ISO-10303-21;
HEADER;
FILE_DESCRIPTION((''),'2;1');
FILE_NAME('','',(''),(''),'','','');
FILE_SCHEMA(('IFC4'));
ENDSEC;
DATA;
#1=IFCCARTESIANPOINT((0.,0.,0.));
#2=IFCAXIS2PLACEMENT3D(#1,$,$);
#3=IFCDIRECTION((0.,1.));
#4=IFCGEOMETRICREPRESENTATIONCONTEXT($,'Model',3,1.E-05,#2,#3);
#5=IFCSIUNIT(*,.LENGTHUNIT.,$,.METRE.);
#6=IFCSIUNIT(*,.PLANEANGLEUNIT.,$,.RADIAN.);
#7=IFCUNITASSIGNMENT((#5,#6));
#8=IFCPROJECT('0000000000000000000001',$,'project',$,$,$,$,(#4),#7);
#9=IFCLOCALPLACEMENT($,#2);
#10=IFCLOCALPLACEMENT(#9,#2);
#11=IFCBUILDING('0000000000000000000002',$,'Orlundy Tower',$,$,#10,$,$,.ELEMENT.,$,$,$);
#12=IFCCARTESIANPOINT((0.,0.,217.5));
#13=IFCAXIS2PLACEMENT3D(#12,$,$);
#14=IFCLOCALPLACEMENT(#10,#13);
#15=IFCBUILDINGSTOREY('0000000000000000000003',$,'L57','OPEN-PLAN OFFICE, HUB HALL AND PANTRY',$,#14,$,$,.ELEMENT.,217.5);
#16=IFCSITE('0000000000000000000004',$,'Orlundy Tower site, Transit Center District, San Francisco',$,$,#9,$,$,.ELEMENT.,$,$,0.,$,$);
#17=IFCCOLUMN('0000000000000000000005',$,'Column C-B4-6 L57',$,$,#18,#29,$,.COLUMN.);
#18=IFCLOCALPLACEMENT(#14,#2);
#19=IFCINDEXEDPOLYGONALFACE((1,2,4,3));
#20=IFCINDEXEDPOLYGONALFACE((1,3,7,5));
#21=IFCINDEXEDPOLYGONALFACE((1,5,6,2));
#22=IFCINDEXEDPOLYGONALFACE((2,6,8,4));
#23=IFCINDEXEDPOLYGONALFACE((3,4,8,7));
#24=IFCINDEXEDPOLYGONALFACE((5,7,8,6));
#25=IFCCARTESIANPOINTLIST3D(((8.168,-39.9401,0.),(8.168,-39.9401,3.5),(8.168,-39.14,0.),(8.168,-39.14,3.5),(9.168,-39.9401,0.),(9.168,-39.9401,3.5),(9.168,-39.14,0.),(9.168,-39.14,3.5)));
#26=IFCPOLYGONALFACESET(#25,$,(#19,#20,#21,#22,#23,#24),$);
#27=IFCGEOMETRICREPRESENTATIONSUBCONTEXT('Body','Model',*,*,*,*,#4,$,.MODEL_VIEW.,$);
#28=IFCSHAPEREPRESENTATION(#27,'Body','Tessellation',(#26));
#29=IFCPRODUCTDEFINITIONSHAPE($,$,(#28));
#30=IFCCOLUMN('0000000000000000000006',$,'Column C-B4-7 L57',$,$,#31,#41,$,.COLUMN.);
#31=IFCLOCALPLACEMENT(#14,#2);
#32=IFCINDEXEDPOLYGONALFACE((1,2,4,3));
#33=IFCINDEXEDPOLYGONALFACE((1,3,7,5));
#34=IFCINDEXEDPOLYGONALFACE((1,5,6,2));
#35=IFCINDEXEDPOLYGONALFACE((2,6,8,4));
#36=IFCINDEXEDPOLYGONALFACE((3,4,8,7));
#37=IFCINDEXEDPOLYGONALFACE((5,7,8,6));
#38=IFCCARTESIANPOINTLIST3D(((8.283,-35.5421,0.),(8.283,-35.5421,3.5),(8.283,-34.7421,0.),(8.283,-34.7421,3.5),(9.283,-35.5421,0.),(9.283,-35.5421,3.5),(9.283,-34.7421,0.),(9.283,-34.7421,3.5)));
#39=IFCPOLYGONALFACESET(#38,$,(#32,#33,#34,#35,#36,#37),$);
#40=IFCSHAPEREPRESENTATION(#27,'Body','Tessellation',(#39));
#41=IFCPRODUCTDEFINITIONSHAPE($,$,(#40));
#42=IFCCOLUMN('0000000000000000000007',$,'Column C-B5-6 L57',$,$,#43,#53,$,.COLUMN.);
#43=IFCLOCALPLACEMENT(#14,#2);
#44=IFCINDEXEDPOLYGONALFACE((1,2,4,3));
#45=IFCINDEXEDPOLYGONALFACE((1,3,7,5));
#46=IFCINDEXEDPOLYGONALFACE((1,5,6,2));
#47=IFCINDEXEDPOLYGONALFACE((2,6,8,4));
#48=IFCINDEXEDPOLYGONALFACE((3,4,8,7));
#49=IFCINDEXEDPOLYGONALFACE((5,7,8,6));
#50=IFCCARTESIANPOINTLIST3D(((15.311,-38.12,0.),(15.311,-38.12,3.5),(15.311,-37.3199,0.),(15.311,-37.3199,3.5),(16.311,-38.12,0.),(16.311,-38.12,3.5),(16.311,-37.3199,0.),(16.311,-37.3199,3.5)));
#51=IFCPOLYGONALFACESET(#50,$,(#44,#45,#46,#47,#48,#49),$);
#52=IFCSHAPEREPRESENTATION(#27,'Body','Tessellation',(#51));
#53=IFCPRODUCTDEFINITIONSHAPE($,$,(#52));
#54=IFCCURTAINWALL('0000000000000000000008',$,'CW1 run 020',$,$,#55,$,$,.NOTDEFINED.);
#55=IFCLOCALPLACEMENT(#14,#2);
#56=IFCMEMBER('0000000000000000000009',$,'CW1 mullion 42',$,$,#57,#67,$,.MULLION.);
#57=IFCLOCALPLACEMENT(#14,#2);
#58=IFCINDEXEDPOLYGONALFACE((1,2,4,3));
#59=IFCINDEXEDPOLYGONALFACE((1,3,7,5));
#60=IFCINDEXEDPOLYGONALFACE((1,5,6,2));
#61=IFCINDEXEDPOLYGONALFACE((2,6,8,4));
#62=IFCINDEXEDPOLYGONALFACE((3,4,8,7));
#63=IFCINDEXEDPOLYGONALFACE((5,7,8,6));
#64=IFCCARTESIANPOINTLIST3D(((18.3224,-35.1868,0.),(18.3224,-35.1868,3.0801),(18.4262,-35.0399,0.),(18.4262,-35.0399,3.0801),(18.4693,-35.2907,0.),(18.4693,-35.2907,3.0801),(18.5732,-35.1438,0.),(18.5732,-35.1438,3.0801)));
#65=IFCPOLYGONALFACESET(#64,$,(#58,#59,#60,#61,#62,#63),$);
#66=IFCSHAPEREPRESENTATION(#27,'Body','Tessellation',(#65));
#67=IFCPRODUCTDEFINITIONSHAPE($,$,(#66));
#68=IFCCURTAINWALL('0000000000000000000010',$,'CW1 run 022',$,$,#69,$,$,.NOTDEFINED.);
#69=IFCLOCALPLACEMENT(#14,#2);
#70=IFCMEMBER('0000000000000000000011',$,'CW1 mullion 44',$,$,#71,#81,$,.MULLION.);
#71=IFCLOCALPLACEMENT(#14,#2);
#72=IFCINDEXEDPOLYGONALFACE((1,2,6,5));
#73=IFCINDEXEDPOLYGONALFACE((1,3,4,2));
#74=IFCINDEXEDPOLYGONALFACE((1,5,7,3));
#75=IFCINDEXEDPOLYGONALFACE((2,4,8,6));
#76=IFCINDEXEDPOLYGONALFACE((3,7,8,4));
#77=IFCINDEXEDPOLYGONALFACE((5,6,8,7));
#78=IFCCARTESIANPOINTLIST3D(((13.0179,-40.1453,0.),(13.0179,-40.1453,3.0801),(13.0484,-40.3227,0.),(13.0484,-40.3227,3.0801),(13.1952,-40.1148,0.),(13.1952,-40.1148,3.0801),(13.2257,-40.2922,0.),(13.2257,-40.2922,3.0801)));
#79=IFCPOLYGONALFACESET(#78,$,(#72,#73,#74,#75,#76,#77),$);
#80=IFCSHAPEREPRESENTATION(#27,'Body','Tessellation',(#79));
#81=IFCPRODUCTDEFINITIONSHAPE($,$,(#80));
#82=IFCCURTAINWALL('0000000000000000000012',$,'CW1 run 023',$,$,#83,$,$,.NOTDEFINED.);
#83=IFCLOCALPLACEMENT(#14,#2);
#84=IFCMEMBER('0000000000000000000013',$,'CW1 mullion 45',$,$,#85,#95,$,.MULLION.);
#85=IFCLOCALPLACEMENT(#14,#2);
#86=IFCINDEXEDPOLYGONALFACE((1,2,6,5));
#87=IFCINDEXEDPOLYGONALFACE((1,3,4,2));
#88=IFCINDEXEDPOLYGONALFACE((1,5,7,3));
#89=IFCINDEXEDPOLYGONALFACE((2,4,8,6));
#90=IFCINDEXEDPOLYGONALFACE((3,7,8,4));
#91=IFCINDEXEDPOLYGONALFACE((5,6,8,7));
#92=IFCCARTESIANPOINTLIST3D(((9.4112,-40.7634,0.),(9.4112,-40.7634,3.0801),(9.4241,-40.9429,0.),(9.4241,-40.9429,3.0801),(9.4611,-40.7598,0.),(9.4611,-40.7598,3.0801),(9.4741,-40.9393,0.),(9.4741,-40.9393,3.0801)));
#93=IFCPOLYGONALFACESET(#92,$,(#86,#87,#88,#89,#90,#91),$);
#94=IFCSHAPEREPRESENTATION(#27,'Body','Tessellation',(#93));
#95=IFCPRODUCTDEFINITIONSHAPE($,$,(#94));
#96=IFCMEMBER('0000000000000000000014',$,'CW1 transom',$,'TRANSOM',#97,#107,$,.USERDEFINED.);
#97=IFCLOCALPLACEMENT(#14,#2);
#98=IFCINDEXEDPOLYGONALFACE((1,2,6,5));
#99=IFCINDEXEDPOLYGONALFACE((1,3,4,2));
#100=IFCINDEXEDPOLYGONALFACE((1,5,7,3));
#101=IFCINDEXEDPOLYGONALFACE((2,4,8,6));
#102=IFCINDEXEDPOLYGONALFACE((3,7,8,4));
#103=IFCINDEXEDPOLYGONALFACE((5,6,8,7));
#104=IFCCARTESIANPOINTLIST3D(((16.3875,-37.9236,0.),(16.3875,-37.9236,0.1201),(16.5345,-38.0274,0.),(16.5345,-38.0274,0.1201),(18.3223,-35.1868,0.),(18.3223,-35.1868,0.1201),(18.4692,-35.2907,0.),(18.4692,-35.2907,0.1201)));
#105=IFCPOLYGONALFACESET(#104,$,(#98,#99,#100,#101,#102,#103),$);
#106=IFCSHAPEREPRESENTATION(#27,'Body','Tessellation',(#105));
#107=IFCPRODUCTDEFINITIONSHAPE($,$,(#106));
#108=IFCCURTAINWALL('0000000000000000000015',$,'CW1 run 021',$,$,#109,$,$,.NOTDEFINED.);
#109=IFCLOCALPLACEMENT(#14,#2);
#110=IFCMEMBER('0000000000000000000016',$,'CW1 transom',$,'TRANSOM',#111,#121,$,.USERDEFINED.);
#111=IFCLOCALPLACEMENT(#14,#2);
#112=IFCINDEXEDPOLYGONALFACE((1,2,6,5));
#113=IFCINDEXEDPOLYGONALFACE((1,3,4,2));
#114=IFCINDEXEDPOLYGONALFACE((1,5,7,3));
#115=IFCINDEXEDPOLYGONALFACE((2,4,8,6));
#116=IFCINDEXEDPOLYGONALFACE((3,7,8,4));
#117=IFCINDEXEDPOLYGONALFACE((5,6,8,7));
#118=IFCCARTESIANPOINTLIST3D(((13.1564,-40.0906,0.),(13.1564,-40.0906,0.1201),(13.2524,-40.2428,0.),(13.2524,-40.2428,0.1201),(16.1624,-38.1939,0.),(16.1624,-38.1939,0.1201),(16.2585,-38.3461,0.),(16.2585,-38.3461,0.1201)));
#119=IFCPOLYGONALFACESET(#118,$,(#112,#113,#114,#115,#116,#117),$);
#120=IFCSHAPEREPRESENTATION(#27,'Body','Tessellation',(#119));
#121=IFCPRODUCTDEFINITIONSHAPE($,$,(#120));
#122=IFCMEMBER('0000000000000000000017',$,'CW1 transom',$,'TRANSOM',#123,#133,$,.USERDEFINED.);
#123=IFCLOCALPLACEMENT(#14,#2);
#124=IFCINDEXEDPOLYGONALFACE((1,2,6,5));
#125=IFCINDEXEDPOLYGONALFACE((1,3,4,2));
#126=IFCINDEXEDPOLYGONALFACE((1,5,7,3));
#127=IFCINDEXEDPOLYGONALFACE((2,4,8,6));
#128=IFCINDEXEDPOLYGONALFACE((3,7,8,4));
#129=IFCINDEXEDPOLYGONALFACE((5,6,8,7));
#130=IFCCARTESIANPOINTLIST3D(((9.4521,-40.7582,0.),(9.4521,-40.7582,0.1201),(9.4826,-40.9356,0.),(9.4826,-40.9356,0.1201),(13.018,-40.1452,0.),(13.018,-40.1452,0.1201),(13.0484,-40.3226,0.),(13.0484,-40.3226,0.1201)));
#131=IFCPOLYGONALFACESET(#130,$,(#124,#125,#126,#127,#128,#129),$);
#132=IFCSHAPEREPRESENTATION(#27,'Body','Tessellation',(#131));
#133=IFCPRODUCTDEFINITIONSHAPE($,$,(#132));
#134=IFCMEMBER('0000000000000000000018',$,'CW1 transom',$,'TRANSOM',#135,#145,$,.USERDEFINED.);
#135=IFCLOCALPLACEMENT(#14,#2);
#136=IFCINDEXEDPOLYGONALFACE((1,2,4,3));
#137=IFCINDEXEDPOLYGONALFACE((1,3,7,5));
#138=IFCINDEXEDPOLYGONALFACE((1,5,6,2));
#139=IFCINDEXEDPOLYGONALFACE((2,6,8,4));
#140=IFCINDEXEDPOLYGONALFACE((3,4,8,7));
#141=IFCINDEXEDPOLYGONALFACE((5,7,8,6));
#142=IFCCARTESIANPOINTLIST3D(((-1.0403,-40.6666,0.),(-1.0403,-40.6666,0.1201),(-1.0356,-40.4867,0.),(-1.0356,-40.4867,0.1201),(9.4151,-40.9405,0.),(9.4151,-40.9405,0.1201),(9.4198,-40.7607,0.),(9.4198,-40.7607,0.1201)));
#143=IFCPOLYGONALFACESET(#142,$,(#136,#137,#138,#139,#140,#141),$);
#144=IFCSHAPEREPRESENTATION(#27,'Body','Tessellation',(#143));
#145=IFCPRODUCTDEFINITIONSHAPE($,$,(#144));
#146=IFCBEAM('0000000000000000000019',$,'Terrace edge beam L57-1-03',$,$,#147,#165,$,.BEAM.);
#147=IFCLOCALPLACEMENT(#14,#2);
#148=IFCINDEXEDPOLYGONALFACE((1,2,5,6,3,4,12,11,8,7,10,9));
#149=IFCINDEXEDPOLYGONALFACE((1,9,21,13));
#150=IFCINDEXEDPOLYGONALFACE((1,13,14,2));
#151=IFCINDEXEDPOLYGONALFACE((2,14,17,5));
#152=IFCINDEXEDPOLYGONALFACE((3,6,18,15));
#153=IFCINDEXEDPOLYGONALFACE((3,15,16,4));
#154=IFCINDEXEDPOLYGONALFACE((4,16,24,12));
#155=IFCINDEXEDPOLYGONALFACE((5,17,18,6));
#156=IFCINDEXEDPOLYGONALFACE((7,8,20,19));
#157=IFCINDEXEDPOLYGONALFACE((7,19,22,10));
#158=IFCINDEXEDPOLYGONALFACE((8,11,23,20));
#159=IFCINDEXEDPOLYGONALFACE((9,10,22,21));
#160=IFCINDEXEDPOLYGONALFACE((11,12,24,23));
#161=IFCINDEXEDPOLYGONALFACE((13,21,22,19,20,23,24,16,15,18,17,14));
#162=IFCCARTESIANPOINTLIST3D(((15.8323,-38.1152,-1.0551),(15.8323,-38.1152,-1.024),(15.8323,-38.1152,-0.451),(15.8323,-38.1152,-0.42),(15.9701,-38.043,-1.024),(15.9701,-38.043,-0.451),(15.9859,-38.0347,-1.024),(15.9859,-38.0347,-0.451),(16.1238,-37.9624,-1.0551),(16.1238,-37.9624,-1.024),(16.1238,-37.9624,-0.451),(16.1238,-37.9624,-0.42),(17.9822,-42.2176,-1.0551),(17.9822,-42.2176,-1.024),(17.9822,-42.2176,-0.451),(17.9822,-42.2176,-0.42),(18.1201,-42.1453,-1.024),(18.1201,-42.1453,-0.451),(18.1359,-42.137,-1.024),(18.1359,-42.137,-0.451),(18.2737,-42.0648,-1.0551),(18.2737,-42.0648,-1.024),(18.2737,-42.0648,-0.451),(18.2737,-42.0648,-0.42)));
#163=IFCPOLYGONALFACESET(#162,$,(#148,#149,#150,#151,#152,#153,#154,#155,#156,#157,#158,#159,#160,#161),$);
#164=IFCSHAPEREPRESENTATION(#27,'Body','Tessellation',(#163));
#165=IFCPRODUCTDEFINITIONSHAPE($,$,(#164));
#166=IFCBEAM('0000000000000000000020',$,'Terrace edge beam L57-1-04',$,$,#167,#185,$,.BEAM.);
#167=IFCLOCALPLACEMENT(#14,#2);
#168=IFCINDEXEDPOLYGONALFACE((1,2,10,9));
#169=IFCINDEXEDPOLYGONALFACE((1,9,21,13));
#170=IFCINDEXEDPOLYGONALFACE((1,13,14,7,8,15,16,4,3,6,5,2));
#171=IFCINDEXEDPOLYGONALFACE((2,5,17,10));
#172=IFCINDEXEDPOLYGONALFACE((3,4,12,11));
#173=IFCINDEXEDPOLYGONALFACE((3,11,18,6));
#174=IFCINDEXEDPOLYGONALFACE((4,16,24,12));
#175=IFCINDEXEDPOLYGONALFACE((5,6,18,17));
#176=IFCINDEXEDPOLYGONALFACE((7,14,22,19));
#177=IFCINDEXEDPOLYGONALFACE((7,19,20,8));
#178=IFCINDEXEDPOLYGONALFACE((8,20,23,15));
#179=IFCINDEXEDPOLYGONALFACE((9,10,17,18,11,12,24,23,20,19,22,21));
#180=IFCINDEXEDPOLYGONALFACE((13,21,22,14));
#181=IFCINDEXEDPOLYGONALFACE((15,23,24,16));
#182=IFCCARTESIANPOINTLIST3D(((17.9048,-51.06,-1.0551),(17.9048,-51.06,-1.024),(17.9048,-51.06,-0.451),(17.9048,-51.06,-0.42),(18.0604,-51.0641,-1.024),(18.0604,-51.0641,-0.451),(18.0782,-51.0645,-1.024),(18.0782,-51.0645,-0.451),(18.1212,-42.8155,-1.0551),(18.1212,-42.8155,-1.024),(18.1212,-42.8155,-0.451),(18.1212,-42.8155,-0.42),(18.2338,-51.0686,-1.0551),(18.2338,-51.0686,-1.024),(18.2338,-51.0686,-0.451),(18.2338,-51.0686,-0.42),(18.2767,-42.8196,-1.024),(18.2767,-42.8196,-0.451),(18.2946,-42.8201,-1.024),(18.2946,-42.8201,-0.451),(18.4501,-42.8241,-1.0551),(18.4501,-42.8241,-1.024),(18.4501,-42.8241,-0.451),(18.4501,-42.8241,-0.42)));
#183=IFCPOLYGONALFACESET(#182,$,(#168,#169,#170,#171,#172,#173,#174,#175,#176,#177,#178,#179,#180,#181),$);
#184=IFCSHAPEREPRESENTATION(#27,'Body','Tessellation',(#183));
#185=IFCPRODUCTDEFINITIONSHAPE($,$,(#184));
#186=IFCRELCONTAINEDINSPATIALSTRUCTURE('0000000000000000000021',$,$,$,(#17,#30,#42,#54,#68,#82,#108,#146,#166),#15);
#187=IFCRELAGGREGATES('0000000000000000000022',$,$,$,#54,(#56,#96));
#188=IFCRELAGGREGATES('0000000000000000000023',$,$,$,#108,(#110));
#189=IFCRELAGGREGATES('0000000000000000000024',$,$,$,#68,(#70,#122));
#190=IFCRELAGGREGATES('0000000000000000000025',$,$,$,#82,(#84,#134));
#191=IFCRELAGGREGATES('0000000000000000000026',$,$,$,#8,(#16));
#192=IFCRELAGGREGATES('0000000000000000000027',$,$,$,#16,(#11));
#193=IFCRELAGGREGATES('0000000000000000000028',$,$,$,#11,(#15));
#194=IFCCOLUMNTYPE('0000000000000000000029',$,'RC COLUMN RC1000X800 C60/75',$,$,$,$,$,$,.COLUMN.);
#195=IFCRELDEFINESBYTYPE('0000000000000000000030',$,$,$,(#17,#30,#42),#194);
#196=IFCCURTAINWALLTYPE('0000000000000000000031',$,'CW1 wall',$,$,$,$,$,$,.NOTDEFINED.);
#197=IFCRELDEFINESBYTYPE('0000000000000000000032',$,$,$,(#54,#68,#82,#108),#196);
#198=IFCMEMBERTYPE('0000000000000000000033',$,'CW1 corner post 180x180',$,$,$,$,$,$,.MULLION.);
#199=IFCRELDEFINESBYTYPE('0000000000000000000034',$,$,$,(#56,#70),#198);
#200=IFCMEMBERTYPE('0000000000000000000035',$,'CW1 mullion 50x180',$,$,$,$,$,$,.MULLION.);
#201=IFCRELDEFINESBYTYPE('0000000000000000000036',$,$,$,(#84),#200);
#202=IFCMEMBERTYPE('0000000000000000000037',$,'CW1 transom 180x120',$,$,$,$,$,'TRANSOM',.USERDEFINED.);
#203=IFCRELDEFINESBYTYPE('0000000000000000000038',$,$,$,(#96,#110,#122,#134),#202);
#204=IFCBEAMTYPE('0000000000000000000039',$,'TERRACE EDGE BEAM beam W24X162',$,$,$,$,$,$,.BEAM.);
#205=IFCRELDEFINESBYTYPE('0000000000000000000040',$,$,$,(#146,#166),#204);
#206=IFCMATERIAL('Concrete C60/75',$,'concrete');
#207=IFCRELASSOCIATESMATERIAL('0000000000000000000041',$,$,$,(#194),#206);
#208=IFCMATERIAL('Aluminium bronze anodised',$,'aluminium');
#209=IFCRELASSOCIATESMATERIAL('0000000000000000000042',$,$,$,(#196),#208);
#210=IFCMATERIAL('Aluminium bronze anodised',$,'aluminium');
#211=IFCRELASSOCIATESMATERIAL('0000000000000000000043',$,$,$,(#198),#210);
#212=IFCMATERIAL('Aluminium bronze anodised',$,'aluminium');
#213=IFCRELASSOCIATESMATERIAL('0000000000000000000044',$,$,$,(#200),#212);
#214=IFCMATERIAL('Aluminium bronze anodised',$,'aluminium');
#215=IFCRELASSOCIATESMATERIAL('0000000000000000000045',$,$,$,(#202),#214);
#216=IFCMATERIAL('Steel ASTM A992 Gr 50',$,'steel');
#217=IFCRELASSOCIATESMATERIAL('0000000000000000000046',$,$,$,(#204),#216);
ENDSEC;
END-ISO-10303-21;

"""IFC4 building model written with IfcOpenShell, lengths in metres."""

from ifc_helpers import new_model, si_unit, direction, frame, origin, origin_2d, place, context, subcontext, project, spatial, rectangle, i_section, extrude, material, material_profile, profile_set, type_object, element, aggregate, save


model = new_model("IFC4")

# Units and contexts
model_context = context("Model", 3, precision=1e-05, world=origin(), true_north=direction((0.0, 1.0)))
body_context = subcontext(model_context, "Body", "Model", "MODEL_VIEW")
ifc_project = project(units=[si_unit("LENGTHUNIT", "METRE"), si_unit("PLANEANGLEUNIT", "RADIAN")], contexts=[model_context])

# Site, building, storey
site_placement = place(None, origin())
site = spatial("IfcSite", under=ifc_project, at=site_placement, Name="Orlundy Tower site, Transit Center District, San Francisco", CompositionType="ELEMENT", RefElevation=0.0)
building_placement = place(site_placement, origin())
building = spatial("IfcBuilding", under=site, at=building_placement, Name="Orlundy Tower", CompositionType="ELEMENT")
storey_placement = place(building_placement, frame((0.0, 0.0, 217.5)))
storey = spatial("IfcBuildingStorey", under=building, at=storey_placement, Name="L57", Description="OPEN-PLAN OFFICE, HUB HALL AND PANTRY", CompositionType="ELEMENT", Elevation=217.5)

# Columns
ifc_material_1 = material(Name="Concrete C60/75", Category="concrete")
ifc_material_profile_1 = material_profile(ifc_material_1, rectangle(XDim=1.0, YDim=0.8, at=origin_2d()), Name="RC1000X800")
ifc_profile_set_1 = profile_set([ifc_material_profile_1], Name="Concrete C60/75")
column_type = type_object("IfcColumnType", Name="RC COLUMN RC1000X800 C60/75", PredefinedType="COLUMN", material=ifc_profile_set_1)
for number, where, z_axis, x_axis, name in (
    (1, (8.668, -39.54, 0.0), (0.0, 0.0, 1.0), (1.0, 0.0, 0.0), "Column C-B4-6 L57"),
    (2, (8.783, -35.1421, 0.0), (0.0, 0.0, 1.0), (1.0, 0.0, 0.0), "Column C-B4-7 L57"),
    (3, (15.811, -37.72, 0.0), (0.0, 0.0, 1.0), (1.0, 0.0, 0.0), "Column C-B5-6 L57"),
):
    element("IfcColumn", number, at=place(storey_placement, frame(where, z_axis=z_axis, x_axis=x_axis)), inside=storey, type_object=column_type, Name=name, PredefinedType="COLUMN", context=body_context, shape_type="SweptSolid", body=[
        extrude(rectangle(XDim=1.0, YDim=0.8, at=origin_2d()), origin(), (0.0, 0.0, 1.0), 3.5),
    ])

# Curtain walls, members
ifc_material_2 = material(Name="Aluminium bronze anodised", Category="aluminium")
curtain_wall_type = type_object("IfcCurtainWallType", Name="CW1 wall", PredefinedType="NOTDEFINED", material=ifc_material_2)
curtain_wall_1_placement = place(storey_placement, origin())
curtain_wall_1 = element("IfcCurtainWall", 4, at=curtain_wall_1_placement, inside=storey, type_object=curtain_wall_type, Name="CW1 run 020", PredefinedType="NOTDEFINED")
ifc_material_3 = material(Name="Aluminium bronze anodised", Category="aluminium")
ifc_material_profile_2 = material_profile(ifc_material_3, rectangle(XDim=0.1799, YDim=0.1799, at=origin_2d()), Name="CW1 corner post 180x180")
ifc_profile_set_2 = profile_set([ifc_material_profile_2], Name="Aluminium bronze anodised")
member_type_1 = type_object("IfcMemberType", Name="CW1 corner post 180x180", PredefinedType="MULLION", material=ifc_profile_set_2)
member_1_placement = place(storey_placement, frame((18.4478, -35.1653, 0.0), z_axis=(0.0, 0.0, 1.0), x_axis=(0.816549, -0.577276, 0.0)))
member_1 = element("IfcMember", 5, at=member_1_placement, type_object=member_type_1, Name="CW1 mullion 42", PredefinedType="MULLION", context=body_context, shape_type="SweptSolid", body=[
    extrude(rectangle(XDim=0.1799, YDim=0.1799, at=origin_2d()), origin(), (0.0, 0.0, 1.0), 3.0801),
])
curtain_wall_2_placement = place(storey_placement, origin())
curtain_wall_2 = element("IfcCurtainWall", 6, at=curtain_wall_2_placement, inside=storey, type_object=curtain_wall_type, Name="CW1 run 022", PredefinedType="NOTDEFINED")
member_2_placement = place(storey_placement, frame((13.1218, -40.2188, 0.0), z_axis=(0.0, 0.0, 1.0), x_axis=(0.169428, -0.985543, 0.0)))
member_2 = element("IfcMember", 7, at=member_2_placement, type_object=member_type_1, Name="CW1 mullion 44", PredefinedType="MULLION", context=body_context, shape_type="SweptSolid", body=[
    extrude(rectangle(XDim=0.1799, YDim=0.1799, at=origin_2d()), origin(), (0.0, 0.0, 1.0), 3.0801),
])
curtain_wall_3_placement = place(storey_placement, origin())
curtain_wall_3 = element("IfcCurtainWall", 8, at=curtain_wall_3_placement, inside=storey, type_object=curtain_wall_type, Name="CW1 run 023", PredefinedType="NOTDEFINED")
ifc_material_4 = material(Name="Aluminium bronze anodised", Category="aluminium")
ifc_material_profile_3 = material_profile(ifc_material_4, rectangle(XDim=0.1799, YDim=0.05, at=origin_2d()), Name="CW1 mullion 50x180")
ifc_profile_set_3 = profile_set([ifc_material_profile_3], Name="Aluminium bronze anodised")
member_type_2 = type_object("IfcMemberType", Name="CW1 mullion 50x180", PredefinedType="MULLION", material=ifc_profile_set_3)
member_3_placement = place(storey_placement, frame((9.4426, -40.8513, 0.0), z_axis=(0.0, 0.0, 1.0), x_axis=(0.071966, -0.997407, 0.0)))
member_3 = element("IfcMember", 9, at=member_3_placement, type_object=member_type_2, Name="CW1 mullion 45", PredefinedType="MULLION", context=body_context, shape_type="SweptSolid", body=[
    extrude(rectangle(XDim=0.1799, YDim=0.05, at=origin_2d()), origin(), (0.0, 0.0, 1.0), 3.0801),
])

# Member
ifc_material_5 = material(Name="Aluminium bronze anodised", Category="aluminium")
ifc_material_profile_4 = material_profile(ifc_material_5, rectangle(XDim=0.1799, YDim=0.1201, at=origin_2d()), Name="CW1 transom 180x120")
ifc_profile_set_4 = profile_set([ifc_material_profile_4], Name="Aluminium bronze anodised")
member_type_3 = type_object("IfcMemberType", Name="CW1 transom 180x120", ElementType="TRANSOM", PredefinedType="USERDEFINED", material=ifc_profile_set_4)
member_4_placement = place(storey_placement, frame((18.3958, -35.2388, 0.0601), z_axis=(-0.577269, -0.816554, 0.0), x_axis=(0.816554, -0.577269, 0.0)))
member_4 = element("IfcMember", 10, at=member_4_placement, type_object=member_type_3, Name="CW1 transom", ObjectType="TRANSOM", PredefinedType="USERDEFINED", context=body_context, shape_type="SweptSolid", body=[
    extrude(rectangle(XDim=0.1799, YDim=0.1201, at=origin_2d()), origin(), (0.0, 0.0, 1.0), 3.3516),
])

# Curtain wall, member
curtain_wall_4_placement = place(storey_placement, origin())
curtain_wall_4 = element("IfcCurtainWall", 11, at=curtain_wall_4_placement, inside=storey, type_object=curtain_wall_type, Name="CW1 run 021", PredefinedType="NOTDEFINED")
member_5_placement = place(storey_placement, frame((16.2104, -38.27, 0.0601), z_axis=(-0.845725, -0.533618, 0.0), x_axis=(0.533618, -0.845725, 0.0)))
member_5 = element("IfcMember", 12, at=member_5_placement, type_object=member_type_3, Name="CW1 transom", ObjectType="TRANSOM", PredefinedType="USERDEFINED", context=body_context, shape_type="SweptSolid", body=[
    extrude(rectangle(XDim=0.1799, YDim=0.1201, at=origin_2d()), origin(), (0.0, 0.0, 1.0), 3.5544),
])

# Members
member_6_placement = place(storey_placement, frame((13.0332, -40.2339, 0.0601), z_axis=(-0.985542, -0.16943, 0.0), x_axis=(0.16943, -0.985542, 0.0)))
member_6 = element("IfcMember", 13, at=member_6_placement, type_object=member_type_3, Name="CW1 transom", ObjectType="TRANSOM", PredefinedType="USERDEFINED", context=body_context, shape_type="SweptSolid", body=[
    extrude(rectangle(XDim=0.1799, YDim=0.1201, at=origin_2d()), origin(), (0.0, 0.0, 1.0), 3.6182),
])
member_7_placement = place(storey_placement, frame((9.4175, -40.8506, 0.0601), z_axis=(-0.999657, 0.026191, 0.0), x_axis=(-0.026191, -0.999657, 0.0)))
member_7 = element("IfcMember", 14, at=member_7_placement, type_object=member_type_3, Name="CW1 transom", ObjectType="TRANSOM", PredefinedType="USERDEFINED", context=body_context, shape_type="SweptSolid", body=[
    extrude(rectangle(XDim=0.1799, YDim=0.1201, at=origin_2d()), origin(), (0.0, 0.0, 1.0), 10.459),
])

# Beams
ifc_material_6 = material(Name="Steel ASTM A992 Gr 50", Category="steel")
ifc_material_profile_5 = material_profile(ifc_material_6, i_section(OverallWidth=0.3291, OverallDepth=0.635, WebThickness=0.0178, FlangeThickness=0.031, at=origin_2d()), Name="W24X162")
ifc_profile_set_5 = profile_set([ifc_material_profile_5], Name="Steel ASTM A992 Gr 50")
beam_type_1 = type_object("IfcBeamType", Name="TERRACE EDGE BEAM beam W24X162", PredefinedType="BEAM", material=ifc_profile_set_5)
beam_1_placement = place(storey_placement, frame((15.978, -38.0388, -0.7375), z_axis=(0.46419, -0.885736, 0.0), x_axis=(0.885736, 0.46419, 0.0)))
element("IfcBeam", 15, at=beam_1_placement, inside=storey, type_object=beam_type_1, Name="Terrace edge beam L57-1-03", PredefinedType="BEAM", context=body_context, shape_type="SweptSolid", body=[
    extrude(i_section(OverallWidth=0.3291, OverallDepth=0.635, WebThickness=0.0178, FlangeThickness=0.031, at=origin_2d()), origin(), (0.0, 0.0, 1.0), 4.6316),
])
beam_2_placement = place(storey_placement, frame((18.2856, -42.8198, -0.7375), z_axis=(-0.026228, -0.999656, 0.0), x_axis=(0.999656, -0.026228, 0.0)))
element("IfcBeam", 16, at=beam_2_placement, inside=storey, type_object=beam_type_1, Name="Terrace edge beam L57-1-04", PredefinedType="BEAM", context=body_context, shape_type="SweptSolid", body=[
    extrude(i_section(OverallWidth=0.3291, OverallDepth=0.635, WebThickness=0.0178, FlangeThickness=0.031, at=origin_2d()), origin(), (0.0, 0.0, 1.0), 8.2473),
])

aggregate(curtain_wall_1, [member_1, member_4])
aggregate(curtain_wall_4, [member_5])
aggregate(curtain_wall_2, [member_2, member_6])
aggregate(curtain_wall_3, [member_3, member_7])

save(model, "model.ifc")
